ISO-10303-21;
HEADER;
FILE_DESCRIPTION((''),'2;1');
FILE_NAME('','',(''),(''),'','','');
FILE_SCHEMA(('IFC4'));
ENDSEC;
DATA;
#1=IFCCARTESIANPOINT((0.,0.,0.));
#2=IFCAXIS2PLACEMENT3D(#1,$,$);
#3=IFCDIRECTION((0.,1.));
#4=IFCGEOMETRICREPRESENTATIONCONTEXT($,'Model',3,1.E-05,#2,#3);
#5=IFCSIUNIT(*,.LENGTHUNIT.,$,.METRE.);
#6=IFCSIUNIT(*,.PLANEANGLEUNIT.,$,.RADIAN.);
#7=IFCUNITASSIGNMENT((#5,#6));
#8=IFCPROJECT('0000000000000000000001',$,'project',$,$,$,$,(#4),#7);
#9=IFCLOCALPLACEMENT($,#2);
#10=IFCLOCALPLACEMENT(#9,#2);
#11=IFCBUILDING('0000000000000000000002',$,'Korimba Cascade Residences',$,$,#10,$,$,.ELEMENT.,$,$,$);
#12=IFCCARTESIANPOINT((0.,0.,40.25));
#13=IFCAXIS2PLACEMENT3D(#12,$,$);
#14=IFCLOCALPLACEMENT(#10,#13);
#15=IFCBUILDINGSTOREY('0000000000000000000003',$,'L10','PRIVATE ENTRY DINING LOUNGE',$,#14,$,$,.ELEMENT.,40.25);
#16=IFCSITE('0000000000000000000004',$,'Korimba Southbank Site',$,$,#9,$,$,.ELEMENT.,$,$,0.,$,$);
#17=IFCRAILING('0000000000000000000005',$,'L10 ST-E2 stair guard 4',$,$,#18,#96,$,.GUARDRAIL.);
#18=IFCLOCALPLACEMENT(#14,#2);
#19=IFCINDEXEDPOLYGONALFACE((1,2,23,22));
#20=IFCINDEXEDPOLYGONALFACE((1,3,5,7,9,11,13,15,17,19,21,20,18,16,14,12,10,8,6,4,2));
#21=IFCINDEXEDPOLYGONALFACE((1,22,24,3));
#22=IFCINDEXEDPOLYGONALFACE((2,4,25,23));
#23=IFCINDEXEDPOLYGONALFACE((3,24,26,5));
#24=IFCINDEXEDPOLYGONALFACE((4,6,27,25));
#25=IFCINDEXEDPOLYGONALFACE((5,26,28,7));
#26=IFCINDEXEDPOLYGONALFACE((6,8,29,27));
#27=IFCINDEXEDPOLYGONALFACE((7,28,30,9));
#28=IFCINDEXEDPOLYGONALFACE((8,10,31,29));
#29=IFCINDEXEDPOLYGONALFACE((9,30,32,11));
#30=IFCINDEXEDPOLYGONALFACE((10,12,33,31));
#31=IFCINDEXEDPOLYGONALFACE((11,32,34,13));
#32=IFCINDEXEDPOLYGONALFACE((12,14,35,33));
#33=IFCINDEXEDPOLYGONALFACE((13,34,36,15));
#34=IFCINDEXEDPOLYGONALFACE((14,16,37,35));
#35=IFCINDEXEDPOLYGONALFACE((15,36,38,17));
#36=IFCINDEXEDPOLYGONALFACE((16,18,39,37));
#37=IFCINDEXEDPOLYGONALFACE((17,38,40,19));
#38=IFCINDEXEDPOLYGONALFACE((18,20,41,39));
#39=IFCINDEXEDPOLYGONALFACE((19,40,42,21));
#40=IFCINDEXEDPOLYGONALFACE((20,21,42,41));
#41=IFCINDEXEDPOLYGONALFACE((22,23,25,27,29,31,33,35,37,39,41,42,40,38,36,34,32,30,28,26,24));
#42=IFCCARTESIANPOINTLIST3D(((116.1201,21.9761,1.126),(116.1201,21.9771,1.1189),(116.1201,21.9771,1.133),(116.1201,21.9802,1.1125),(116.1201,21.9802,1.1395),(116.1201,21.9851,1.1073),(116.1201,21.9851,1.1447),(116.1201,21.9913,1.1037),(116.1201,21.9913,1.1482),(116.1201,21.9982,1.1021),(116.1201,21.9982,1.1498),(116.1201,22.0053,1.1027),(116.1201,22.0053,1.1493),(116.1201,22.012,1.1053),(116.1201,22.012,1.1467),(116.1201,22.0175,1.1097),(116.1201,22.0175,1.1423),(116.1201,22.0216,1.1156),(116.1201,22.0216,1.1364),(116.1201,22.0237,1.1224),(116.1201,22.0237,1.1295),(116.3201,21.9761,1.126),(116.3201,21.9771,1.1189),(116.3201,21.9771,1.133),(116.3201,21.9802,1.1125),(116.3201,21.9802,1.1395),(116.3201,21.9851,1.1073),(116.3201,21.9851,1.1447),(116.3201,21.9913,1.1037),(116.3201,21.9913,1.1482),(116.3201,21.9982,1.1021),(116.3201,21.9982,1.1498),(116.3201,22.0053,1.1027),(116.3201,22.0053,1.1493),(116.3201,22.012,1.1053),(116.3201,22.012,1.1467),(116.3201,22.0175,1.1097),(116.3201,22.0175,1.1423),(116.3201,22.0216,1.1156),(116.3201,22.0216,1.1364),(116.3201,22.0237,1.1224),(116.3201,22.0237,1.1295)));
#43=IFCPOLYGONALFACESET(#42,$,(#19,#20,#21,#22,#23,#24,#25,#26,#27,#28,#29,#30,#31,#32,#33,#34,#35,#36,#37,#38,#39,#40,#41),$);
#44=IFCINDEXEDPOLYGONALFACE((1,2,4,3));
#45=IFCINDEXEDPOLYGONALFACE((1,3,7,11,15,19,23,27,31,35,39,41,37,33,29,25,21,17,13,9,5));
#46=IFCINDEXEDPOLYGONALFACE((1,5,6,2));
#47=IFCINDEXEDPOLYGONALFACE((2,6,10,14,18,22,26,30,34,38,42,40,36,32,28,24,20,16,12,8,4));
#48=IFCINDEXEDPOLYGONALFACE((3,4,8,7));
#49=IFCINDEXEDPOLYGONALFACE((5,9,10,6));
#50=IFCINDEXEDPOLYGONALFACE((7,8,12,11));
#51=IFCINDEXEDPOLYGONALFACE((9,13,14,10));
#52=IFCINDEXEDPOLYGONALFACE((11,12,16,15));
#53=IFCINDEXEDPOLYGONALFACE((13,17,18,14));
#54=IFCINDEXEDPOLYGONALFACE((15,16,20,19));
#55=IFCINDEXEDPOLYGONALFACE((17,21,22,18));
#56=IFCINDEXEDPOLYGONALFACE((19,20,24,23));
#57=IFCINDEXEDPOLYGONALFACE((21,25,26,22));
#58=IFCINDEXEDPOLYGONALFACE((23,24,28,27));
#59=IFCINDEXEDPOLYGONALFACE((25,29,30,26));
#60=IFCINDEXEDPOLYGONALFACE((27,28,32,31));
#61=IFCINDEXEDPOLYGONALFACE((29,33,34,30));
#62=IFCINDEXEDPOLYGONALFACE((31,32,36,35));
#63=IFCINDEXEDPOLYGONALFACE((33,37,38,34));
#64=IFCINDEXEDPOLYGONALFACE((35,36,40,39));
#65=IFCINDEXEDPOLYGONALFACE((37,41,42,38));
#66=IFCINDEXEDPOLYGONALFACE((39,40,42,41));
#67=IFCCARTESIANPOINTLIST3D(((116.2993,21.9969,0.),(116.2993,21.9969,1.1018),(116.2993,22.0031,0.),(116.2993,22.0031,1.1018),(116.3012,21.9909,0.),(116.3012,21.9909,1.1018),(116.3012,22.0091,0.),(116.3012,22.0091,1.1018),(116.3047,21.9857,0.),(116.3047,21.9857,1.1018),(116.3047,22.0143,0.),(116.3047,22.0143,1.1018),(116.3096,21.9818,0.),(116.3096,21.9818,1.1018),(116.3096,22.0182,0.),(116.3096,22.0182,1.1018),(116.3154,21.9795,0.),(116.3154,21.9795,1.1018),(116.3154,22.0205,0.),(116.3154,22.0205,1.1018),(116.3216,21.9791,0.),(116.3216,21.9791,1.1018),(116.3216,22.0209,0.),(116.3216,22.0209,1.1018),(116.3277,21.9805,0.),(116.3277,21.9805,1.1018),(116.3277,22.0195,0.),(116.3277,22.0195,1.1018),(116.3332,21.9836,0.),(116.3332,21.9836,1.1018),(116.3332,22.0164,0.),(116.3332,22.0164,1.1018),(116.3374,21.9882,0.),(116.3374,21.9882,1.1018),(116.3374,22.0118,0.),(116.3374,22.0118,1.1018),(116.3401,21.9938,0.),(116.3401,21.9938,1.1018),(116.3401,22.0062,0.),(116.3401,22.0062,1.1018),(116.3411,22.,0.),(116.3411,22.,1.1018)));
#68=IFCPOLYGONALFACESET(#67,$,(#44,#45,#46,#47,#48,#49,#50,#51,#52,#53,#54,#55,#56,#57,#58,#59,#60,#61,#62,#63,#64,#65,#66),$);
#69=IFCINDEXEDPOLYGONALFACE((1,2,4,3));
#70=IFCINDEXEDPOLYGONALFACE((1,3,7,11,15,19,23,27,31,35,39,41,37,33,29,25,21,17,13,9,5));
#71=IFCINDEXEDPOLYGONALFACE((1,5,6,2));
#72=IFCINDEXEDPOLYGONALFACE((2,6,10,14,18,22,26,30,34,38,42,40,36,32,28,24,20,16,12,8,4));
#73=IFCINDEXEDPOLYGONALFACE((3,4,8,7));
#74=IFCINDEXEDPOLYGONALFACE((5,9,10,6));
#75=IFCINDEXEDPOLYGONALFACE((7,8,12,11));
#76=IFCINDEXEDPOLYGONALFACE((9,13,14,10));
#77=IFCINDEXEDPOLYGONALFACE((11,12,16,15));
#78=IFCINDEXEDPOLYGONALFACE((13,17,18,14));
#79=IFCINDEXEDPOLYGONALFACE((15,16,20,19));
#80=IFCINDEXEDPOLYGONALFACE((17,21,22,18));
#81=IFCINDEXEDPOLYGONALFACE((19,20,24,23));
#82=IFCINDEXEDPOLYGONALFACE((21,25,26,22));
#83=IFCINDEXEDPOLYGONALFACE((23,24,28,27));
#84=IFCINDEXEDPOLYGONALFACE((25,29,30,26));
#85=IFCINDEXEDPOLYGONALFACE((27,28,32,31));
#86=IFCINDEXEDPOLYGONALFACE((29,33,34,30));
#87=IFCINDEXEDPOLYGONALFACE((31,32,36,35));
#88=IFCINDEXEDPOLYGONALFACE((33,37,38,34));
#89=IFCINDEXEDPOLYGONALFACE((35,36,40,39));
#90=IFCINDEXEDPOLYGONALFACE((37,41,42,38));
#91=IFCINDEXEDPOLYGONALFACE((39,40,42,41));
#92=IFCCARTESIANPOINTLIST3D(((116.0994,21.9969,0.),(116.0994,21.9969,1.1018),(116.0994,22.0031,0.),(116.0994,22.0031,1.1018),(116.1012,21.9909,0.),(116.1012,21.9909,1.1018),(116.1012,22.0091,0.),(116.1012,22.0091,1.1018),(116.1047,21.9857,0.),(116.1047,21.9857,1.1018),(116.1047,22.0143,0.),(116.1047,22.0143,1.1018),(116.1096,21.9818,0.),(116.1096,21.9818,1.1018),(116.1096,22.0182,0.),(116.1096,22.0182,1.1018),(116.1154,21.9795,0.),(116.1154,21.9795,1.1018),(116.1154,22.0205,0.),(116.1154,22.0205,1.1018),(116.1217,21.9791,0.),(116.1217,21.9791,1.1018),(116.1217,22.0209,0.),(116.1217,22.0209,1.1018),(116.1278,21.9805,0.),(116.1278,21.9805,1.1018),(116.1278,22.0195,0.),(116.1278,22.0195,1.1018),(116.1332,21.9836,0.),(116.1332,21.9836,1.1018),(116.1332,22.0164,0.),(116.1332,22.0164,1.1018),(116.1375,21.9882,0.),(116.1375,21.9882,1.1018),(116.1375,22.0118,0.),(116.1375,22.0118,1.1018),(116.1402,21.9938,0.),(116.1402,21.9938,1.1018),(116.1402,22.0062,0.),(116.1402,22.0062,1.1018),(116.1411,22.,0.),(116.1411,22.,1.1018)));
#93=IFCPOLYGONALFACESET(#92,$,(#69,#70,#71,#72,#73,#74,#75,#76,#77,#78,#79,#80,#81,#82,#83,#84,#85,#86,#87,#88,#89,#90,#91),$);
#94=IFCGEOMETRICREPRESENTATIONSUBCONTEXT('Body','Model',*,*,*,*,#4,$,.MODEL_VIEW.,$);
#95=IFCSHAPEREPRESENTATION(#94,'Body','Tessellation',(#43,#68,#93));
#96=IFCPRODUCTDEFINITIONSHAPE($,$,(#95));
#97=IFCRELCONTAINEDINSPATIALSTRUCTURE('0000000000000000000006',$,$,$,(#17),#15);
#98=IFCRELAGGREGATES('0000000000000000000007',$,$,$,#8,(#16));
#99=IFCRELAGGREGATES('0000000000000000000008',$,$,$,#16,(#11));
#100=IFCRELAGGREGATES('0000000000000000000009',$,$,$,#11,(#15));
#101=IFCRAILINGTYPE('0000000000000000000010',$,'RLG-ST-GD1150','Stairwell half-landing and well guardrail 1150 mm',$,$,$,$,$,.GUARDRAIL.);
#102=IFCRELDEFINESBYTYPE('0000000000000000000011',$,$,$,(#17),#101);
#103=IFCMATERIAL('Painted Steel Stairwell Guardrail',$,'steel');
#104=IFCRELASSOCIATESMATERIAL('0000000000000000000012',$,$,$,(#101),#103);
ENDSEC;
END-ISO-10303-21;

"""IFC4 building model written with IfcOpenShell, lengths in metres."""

from ifc_helpers import new_model, si_unit, direction, frame, origin, origin_2d, place, context, subcontext, project, spatial, circle, extrude, material, type_object, element, save


model = new_model("IFC4")

# Units and contexts
model_context = context("Model", 3, precision=1e-05, world=origin(), true_north=direction((0.0, 1.0)))
body_context = subcontext(model_context, "Body", "Model", "MODEL_VIEW")
ifc_project = project(units=[si_unit("LENGTHUNIT", "METRE"), si_unit("PLANEANGLEUNIT", "RADIAN")], contexts=[model_context])

# Site, building, storey
site_placement = place(None, origin())
site = spatial("IfcSite", under=ifc_project, at=site_placement, Name="Korimba Southbank Site", CompositionType="ELEMENT", RefElevation=0.0)
building_placement = place(site_placement, origin())
building = spatial("IfcBuilding", under=site, at=building_placement, Name="Korimba Cascade Residences", CompositionType="ELEMENT")
storey_placement = place(building_placement, frame((0.0, 0.0, 40.25)))
storey = spatial("IfcBuildingStorey", under=building, at=storey_placement, Name="L10", Description="PRIVATE ENTRY DINING LOUNGE", CompositionType="ELEMENT", Elevation=40.25)

# Railing
ifc_material_1 = material(Name="Painted Steel Stairwell Guardrail", Category="steel")
railing_type_1 = type_object("IfcRailingType", Name="RLG-ST-GD1150", Description="Stairwell half-landing and well guardrail 1150 mm", PredefinedType="GUARDRAIL", material=ifc_material_1)
railing_1_placement = place(storey_placement, frame((116.3201, 22.0, 0.0)))
element("IfcRailing", 1, at=railing_1_placement, inside=storey, type_object=railing_type_1, Name="L10 ST-E2 stair guard 4", PredefinedType="GUARDRAIL", context=body_context, shape_type="SweptSolid", body=[
    extrude(circle(Radius=0.0239, at=origin_2d()), frame((0.0, 0.0, 1.126), z_axis=(-1.0, 0.0, 0.0), x_axis=(0.0, -1.0, 0.0)), (0.0, 0.0, 1.0), 0.2),
    extrude(circle(Radius=0.021, at=origin_2d()), origin(), (0.0, 0.0, 1.0), 1.1018),
    extrude(circle(Radius=0.021, at=origin_2d()), frame((-0.2, 0.0, 0.0)), (0.0, 0.0, 1.0), 1.1018),
])

save(model, "model.ifc")
